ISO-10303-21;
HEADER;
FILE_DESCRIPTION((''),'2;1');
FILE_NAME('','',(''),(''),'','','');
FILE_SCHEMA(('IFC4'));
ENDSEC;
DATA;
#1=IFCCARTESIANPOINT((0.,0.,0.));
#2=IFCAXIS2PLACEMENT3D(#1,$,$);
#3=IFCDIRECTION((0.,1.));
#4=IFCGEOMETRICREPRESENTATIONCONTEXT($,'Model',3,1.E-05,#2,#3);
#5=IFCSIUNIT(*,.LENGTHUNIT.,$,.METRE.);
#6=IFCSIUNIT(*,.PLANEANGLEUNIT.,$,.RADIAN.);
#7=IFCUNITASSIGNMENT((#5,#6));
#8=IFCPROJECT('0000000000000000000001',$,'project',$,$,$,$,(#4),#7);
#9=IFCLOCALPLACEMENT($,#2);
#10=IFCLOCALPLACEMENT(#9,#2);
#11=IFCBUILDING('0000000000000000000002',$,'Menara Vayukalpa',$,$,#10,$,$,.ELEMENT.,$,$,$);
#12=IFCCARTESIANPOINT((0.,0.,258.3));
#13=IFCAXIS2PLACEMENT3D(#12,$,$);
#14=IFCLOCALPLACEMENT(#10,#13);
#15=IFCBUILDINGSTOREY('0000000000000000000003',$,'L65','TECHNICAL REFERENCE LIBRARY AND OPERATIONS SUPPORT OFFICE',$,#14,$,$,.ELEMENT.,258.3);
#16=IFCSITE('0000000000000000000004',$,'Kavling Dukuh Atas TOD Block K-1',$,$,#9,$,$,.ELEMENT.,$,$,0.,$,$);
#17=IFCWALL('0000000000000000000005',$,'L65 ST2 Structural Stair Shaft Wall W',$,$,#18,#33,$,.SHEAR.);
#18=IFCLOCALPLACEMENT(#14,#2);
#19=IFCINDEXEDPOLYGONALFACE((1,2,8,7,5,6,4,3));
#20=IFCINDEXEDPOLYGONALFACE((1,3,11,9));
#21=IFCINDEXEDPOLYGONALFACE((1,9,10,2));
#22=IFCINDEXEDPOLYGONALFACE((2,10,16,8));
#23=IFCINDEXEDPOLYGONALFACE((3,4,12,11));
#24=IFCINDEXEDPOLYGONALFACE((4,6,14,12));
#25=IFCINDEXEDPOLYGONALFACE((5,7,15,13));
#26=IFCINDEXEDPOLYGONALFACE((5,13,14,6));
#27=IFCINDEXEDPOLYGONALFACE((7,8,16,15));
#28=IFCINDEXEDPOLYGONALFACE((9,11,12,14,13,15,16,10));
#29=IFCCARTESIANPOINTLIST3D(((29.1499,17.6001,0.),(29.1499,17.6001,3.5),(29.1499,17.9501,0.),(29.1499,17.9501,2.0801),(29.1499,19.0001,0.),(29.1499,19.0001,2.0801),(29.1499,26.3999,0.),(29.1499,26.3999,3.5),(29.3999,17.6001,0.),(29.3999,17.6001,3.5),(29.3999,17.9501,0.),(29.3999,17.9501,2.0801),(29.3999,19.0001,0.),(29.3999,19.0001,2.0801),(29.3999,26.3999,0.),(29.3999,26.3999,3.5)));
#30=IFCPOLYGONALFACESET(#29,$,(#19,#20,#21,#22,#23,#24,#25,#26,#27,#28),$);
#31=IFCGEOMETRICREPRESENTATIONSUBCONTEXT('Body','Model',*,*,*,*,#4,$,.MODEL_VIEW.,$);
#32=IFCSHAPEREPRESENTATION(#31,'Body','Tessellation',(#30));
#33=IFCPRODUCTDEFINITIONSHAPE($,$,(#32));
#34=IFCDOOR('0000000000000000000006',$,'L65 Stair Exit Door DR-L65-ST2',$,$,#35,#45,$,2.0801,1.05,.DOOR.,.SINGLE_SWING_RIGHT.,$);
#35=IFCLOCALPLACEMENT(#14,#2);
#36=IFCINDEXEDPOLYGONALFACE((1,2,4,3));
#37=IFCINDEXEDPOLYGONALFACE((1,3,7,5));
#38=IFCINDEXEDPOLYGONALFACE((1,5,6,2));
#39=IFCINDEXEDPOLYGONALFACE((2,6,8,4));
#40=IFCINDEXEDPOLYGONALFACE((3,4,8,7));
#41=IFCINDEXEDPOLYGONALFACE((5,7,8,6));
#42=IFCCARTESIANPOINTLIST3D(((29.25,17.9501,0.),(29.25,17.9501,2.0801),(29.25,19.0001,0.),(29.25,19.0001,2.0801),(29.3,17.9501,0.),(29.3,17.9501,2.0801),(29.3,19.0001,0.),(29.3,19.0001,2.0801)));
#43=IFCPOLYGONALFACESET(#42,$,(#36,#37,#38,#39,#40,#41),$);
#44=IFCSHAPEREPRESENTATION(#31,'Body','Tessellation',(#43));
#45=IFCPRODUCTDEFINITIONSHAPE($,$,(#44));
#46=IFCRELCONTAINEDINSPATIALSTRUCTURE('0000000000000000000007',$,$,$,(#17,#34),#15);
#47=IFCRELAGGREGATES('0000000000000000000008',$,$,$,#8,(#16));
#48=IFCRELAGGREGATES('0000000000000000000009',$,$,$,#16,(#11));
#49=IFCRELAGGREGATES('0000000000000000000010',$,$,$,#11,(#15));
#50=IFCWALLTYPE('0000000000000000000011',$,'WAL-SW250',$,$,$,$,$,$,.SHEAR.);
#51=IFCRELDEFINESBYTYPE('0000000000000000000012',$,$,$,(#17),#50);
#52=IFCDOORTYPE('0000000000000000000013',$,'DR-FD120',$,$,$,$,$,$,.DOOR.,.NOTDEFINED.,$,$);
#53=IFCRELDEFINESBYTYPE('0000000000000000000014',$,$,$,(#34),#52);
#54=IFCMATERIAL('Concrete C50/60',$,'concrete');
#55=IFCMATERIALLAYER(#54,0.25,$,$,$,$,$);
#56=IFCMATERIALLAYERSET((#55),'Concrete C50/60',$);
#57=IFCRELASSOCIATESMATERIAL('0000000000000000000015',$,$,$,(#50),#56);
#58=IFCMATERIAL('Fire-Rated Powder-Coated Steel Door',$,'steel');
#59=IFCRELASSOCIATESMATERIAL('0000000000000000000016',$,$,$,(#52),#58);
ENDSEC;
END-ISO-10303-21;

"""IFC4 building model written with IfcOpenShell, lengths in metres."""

from ifc_helpers import new_model, si_unit, direction, frame, frame_2d, origin, place, context, subcontext, project, spatial, rectangle, extrude, material, layer, layer_set, type_object, element, fill, save


model = new_model("IFC4")

# Units and contexts
model_context = context("Model", 3, precision=1e-05, world=origin(), true_north=direction((0.0, 1.0)))
body_context = subcontext(model_context, "Body", "Model", "MODEL_VIEW")
ifc_project = project(units=[si_unit("LENGTHUNIT", "METRE"), si_unit("PLANEANGLEUNIT", "RADIAN")], contexts=[model_context])

# Site, building, storey
site_placement = place(None, origin())
site = spatial("IfcSite", under=ifc_project, at=site_placement, Name="Kavling Dukuh Atas TOD Block K-1", CompositionType="ELEMENT", RefElevation=0.0)
building_placement = place(site_placement, origin())
building = spatial("IfcBuilding", under=site, at=building_placement, Name="Menara Vayukalpa", CompositionType="ELEMENT")
storey_placement = place(building_placement, frame((0.0, 0.0, 258.3)))
storey = spatial("IfcBuildingStorey", under=building, at=storey_placement, Name="L65", Description="TECHNICAL REFERENCE LIBRARY AND OPERATIONS SUPPORT OFFICE", CompositionType="ELEMENT", Elevation=258.3)

# Wall, opening, door
ifc_material_1 = material(Name="Concrete C50/60", Category="concrete")
ifc_layer_1 = layer(ifc_material_1, 0.25)
ifc_layer_set_1 = layer_set([ifc_layer_1], Name="Concrete C50/60")
wall_type_1 = type_object("IfcWallType", Name="WAL-SW250", PredefinedType="SHEAR", material=ifc_layer_set_1)
wall_1_placement = place(storey_placement, frame((29.2749, 17.6001, 0.0), z_axis=(0.0, 0.0, 1.0), x_axis=(0.0, 1.0, 0.0)))
wall_1 = element("IfcWall", 1, at=wall_1_placement, inside=storey, type_object=wall_type_1, Name="L65 ST2 Structural Stair Shaft Wall W", PredefinedType="SHEAR", context=body_context, shape_type="SweptSolid", body=[
    extrude(rectangle(XDim=8.7998, YDim=0.25, at=frame_2d((4.3999, 0.0))), origin(), (0.0, 0.0, 1.0), 3.5),
])
opening_1_placement = place(wall_1_placement, frame((0.3501, 0.0, 0.0)))
opening_1 = element("IfcOpeningElement", 2, at=opening_1_placement, cuts=wall_1, PredefinedType="OPENING", context=body_context, shape_type="SweptSolid", body=[
    extrude(rectangle(XDim=1.05, YDim=2.0801, at=frame_2d((0.5249, 1.04))), frame((0.0, 0.135, 0.0), z_axis=(0.0, -1.0, 0.0), x_axis=(1.0, 0.0, 0.0)), (0.0, 0.0, 1.0), 0.27),
])
ifc_material_2 = material(Name="Fire-Rated Powder-Coated Steel Door", Category="steel")
door_type_1 = type_object("IfcDoorType", Name="DR-FD120", OperationType="NOTDEFINED", PredefinedType="DOOR", material=ifc_material_2)
door_1_placement = place(opening_1_placement, origin())
door_1 = element("IfcDoor", 3, at=door_1_placement, inside=storey, type_object=door_type_1, Name="L65 Stair Exit Door DR-L65-ST2", OperationType="SINGLE_SWING_RIGHT", OverallHeight=2.0801, OverallWidth=1.05, PredefinedType="DOOR", context=body_context, shape_type="SweptSolid", body=[
    extrude(rectangle(XDim=1.05, YDim=2.0801, at=frame_2d((0.5249, 1.04))), frame((0.0, 0.0249, 0.0), z_axis=(0.0, -1.0, 0.0), x_axis=(1.0, 0.0, 0.0)), (0.0, 0.0, 1.0), 0.05),
])
fill(opening_1, door_1)

save(model, "model.ifc")
